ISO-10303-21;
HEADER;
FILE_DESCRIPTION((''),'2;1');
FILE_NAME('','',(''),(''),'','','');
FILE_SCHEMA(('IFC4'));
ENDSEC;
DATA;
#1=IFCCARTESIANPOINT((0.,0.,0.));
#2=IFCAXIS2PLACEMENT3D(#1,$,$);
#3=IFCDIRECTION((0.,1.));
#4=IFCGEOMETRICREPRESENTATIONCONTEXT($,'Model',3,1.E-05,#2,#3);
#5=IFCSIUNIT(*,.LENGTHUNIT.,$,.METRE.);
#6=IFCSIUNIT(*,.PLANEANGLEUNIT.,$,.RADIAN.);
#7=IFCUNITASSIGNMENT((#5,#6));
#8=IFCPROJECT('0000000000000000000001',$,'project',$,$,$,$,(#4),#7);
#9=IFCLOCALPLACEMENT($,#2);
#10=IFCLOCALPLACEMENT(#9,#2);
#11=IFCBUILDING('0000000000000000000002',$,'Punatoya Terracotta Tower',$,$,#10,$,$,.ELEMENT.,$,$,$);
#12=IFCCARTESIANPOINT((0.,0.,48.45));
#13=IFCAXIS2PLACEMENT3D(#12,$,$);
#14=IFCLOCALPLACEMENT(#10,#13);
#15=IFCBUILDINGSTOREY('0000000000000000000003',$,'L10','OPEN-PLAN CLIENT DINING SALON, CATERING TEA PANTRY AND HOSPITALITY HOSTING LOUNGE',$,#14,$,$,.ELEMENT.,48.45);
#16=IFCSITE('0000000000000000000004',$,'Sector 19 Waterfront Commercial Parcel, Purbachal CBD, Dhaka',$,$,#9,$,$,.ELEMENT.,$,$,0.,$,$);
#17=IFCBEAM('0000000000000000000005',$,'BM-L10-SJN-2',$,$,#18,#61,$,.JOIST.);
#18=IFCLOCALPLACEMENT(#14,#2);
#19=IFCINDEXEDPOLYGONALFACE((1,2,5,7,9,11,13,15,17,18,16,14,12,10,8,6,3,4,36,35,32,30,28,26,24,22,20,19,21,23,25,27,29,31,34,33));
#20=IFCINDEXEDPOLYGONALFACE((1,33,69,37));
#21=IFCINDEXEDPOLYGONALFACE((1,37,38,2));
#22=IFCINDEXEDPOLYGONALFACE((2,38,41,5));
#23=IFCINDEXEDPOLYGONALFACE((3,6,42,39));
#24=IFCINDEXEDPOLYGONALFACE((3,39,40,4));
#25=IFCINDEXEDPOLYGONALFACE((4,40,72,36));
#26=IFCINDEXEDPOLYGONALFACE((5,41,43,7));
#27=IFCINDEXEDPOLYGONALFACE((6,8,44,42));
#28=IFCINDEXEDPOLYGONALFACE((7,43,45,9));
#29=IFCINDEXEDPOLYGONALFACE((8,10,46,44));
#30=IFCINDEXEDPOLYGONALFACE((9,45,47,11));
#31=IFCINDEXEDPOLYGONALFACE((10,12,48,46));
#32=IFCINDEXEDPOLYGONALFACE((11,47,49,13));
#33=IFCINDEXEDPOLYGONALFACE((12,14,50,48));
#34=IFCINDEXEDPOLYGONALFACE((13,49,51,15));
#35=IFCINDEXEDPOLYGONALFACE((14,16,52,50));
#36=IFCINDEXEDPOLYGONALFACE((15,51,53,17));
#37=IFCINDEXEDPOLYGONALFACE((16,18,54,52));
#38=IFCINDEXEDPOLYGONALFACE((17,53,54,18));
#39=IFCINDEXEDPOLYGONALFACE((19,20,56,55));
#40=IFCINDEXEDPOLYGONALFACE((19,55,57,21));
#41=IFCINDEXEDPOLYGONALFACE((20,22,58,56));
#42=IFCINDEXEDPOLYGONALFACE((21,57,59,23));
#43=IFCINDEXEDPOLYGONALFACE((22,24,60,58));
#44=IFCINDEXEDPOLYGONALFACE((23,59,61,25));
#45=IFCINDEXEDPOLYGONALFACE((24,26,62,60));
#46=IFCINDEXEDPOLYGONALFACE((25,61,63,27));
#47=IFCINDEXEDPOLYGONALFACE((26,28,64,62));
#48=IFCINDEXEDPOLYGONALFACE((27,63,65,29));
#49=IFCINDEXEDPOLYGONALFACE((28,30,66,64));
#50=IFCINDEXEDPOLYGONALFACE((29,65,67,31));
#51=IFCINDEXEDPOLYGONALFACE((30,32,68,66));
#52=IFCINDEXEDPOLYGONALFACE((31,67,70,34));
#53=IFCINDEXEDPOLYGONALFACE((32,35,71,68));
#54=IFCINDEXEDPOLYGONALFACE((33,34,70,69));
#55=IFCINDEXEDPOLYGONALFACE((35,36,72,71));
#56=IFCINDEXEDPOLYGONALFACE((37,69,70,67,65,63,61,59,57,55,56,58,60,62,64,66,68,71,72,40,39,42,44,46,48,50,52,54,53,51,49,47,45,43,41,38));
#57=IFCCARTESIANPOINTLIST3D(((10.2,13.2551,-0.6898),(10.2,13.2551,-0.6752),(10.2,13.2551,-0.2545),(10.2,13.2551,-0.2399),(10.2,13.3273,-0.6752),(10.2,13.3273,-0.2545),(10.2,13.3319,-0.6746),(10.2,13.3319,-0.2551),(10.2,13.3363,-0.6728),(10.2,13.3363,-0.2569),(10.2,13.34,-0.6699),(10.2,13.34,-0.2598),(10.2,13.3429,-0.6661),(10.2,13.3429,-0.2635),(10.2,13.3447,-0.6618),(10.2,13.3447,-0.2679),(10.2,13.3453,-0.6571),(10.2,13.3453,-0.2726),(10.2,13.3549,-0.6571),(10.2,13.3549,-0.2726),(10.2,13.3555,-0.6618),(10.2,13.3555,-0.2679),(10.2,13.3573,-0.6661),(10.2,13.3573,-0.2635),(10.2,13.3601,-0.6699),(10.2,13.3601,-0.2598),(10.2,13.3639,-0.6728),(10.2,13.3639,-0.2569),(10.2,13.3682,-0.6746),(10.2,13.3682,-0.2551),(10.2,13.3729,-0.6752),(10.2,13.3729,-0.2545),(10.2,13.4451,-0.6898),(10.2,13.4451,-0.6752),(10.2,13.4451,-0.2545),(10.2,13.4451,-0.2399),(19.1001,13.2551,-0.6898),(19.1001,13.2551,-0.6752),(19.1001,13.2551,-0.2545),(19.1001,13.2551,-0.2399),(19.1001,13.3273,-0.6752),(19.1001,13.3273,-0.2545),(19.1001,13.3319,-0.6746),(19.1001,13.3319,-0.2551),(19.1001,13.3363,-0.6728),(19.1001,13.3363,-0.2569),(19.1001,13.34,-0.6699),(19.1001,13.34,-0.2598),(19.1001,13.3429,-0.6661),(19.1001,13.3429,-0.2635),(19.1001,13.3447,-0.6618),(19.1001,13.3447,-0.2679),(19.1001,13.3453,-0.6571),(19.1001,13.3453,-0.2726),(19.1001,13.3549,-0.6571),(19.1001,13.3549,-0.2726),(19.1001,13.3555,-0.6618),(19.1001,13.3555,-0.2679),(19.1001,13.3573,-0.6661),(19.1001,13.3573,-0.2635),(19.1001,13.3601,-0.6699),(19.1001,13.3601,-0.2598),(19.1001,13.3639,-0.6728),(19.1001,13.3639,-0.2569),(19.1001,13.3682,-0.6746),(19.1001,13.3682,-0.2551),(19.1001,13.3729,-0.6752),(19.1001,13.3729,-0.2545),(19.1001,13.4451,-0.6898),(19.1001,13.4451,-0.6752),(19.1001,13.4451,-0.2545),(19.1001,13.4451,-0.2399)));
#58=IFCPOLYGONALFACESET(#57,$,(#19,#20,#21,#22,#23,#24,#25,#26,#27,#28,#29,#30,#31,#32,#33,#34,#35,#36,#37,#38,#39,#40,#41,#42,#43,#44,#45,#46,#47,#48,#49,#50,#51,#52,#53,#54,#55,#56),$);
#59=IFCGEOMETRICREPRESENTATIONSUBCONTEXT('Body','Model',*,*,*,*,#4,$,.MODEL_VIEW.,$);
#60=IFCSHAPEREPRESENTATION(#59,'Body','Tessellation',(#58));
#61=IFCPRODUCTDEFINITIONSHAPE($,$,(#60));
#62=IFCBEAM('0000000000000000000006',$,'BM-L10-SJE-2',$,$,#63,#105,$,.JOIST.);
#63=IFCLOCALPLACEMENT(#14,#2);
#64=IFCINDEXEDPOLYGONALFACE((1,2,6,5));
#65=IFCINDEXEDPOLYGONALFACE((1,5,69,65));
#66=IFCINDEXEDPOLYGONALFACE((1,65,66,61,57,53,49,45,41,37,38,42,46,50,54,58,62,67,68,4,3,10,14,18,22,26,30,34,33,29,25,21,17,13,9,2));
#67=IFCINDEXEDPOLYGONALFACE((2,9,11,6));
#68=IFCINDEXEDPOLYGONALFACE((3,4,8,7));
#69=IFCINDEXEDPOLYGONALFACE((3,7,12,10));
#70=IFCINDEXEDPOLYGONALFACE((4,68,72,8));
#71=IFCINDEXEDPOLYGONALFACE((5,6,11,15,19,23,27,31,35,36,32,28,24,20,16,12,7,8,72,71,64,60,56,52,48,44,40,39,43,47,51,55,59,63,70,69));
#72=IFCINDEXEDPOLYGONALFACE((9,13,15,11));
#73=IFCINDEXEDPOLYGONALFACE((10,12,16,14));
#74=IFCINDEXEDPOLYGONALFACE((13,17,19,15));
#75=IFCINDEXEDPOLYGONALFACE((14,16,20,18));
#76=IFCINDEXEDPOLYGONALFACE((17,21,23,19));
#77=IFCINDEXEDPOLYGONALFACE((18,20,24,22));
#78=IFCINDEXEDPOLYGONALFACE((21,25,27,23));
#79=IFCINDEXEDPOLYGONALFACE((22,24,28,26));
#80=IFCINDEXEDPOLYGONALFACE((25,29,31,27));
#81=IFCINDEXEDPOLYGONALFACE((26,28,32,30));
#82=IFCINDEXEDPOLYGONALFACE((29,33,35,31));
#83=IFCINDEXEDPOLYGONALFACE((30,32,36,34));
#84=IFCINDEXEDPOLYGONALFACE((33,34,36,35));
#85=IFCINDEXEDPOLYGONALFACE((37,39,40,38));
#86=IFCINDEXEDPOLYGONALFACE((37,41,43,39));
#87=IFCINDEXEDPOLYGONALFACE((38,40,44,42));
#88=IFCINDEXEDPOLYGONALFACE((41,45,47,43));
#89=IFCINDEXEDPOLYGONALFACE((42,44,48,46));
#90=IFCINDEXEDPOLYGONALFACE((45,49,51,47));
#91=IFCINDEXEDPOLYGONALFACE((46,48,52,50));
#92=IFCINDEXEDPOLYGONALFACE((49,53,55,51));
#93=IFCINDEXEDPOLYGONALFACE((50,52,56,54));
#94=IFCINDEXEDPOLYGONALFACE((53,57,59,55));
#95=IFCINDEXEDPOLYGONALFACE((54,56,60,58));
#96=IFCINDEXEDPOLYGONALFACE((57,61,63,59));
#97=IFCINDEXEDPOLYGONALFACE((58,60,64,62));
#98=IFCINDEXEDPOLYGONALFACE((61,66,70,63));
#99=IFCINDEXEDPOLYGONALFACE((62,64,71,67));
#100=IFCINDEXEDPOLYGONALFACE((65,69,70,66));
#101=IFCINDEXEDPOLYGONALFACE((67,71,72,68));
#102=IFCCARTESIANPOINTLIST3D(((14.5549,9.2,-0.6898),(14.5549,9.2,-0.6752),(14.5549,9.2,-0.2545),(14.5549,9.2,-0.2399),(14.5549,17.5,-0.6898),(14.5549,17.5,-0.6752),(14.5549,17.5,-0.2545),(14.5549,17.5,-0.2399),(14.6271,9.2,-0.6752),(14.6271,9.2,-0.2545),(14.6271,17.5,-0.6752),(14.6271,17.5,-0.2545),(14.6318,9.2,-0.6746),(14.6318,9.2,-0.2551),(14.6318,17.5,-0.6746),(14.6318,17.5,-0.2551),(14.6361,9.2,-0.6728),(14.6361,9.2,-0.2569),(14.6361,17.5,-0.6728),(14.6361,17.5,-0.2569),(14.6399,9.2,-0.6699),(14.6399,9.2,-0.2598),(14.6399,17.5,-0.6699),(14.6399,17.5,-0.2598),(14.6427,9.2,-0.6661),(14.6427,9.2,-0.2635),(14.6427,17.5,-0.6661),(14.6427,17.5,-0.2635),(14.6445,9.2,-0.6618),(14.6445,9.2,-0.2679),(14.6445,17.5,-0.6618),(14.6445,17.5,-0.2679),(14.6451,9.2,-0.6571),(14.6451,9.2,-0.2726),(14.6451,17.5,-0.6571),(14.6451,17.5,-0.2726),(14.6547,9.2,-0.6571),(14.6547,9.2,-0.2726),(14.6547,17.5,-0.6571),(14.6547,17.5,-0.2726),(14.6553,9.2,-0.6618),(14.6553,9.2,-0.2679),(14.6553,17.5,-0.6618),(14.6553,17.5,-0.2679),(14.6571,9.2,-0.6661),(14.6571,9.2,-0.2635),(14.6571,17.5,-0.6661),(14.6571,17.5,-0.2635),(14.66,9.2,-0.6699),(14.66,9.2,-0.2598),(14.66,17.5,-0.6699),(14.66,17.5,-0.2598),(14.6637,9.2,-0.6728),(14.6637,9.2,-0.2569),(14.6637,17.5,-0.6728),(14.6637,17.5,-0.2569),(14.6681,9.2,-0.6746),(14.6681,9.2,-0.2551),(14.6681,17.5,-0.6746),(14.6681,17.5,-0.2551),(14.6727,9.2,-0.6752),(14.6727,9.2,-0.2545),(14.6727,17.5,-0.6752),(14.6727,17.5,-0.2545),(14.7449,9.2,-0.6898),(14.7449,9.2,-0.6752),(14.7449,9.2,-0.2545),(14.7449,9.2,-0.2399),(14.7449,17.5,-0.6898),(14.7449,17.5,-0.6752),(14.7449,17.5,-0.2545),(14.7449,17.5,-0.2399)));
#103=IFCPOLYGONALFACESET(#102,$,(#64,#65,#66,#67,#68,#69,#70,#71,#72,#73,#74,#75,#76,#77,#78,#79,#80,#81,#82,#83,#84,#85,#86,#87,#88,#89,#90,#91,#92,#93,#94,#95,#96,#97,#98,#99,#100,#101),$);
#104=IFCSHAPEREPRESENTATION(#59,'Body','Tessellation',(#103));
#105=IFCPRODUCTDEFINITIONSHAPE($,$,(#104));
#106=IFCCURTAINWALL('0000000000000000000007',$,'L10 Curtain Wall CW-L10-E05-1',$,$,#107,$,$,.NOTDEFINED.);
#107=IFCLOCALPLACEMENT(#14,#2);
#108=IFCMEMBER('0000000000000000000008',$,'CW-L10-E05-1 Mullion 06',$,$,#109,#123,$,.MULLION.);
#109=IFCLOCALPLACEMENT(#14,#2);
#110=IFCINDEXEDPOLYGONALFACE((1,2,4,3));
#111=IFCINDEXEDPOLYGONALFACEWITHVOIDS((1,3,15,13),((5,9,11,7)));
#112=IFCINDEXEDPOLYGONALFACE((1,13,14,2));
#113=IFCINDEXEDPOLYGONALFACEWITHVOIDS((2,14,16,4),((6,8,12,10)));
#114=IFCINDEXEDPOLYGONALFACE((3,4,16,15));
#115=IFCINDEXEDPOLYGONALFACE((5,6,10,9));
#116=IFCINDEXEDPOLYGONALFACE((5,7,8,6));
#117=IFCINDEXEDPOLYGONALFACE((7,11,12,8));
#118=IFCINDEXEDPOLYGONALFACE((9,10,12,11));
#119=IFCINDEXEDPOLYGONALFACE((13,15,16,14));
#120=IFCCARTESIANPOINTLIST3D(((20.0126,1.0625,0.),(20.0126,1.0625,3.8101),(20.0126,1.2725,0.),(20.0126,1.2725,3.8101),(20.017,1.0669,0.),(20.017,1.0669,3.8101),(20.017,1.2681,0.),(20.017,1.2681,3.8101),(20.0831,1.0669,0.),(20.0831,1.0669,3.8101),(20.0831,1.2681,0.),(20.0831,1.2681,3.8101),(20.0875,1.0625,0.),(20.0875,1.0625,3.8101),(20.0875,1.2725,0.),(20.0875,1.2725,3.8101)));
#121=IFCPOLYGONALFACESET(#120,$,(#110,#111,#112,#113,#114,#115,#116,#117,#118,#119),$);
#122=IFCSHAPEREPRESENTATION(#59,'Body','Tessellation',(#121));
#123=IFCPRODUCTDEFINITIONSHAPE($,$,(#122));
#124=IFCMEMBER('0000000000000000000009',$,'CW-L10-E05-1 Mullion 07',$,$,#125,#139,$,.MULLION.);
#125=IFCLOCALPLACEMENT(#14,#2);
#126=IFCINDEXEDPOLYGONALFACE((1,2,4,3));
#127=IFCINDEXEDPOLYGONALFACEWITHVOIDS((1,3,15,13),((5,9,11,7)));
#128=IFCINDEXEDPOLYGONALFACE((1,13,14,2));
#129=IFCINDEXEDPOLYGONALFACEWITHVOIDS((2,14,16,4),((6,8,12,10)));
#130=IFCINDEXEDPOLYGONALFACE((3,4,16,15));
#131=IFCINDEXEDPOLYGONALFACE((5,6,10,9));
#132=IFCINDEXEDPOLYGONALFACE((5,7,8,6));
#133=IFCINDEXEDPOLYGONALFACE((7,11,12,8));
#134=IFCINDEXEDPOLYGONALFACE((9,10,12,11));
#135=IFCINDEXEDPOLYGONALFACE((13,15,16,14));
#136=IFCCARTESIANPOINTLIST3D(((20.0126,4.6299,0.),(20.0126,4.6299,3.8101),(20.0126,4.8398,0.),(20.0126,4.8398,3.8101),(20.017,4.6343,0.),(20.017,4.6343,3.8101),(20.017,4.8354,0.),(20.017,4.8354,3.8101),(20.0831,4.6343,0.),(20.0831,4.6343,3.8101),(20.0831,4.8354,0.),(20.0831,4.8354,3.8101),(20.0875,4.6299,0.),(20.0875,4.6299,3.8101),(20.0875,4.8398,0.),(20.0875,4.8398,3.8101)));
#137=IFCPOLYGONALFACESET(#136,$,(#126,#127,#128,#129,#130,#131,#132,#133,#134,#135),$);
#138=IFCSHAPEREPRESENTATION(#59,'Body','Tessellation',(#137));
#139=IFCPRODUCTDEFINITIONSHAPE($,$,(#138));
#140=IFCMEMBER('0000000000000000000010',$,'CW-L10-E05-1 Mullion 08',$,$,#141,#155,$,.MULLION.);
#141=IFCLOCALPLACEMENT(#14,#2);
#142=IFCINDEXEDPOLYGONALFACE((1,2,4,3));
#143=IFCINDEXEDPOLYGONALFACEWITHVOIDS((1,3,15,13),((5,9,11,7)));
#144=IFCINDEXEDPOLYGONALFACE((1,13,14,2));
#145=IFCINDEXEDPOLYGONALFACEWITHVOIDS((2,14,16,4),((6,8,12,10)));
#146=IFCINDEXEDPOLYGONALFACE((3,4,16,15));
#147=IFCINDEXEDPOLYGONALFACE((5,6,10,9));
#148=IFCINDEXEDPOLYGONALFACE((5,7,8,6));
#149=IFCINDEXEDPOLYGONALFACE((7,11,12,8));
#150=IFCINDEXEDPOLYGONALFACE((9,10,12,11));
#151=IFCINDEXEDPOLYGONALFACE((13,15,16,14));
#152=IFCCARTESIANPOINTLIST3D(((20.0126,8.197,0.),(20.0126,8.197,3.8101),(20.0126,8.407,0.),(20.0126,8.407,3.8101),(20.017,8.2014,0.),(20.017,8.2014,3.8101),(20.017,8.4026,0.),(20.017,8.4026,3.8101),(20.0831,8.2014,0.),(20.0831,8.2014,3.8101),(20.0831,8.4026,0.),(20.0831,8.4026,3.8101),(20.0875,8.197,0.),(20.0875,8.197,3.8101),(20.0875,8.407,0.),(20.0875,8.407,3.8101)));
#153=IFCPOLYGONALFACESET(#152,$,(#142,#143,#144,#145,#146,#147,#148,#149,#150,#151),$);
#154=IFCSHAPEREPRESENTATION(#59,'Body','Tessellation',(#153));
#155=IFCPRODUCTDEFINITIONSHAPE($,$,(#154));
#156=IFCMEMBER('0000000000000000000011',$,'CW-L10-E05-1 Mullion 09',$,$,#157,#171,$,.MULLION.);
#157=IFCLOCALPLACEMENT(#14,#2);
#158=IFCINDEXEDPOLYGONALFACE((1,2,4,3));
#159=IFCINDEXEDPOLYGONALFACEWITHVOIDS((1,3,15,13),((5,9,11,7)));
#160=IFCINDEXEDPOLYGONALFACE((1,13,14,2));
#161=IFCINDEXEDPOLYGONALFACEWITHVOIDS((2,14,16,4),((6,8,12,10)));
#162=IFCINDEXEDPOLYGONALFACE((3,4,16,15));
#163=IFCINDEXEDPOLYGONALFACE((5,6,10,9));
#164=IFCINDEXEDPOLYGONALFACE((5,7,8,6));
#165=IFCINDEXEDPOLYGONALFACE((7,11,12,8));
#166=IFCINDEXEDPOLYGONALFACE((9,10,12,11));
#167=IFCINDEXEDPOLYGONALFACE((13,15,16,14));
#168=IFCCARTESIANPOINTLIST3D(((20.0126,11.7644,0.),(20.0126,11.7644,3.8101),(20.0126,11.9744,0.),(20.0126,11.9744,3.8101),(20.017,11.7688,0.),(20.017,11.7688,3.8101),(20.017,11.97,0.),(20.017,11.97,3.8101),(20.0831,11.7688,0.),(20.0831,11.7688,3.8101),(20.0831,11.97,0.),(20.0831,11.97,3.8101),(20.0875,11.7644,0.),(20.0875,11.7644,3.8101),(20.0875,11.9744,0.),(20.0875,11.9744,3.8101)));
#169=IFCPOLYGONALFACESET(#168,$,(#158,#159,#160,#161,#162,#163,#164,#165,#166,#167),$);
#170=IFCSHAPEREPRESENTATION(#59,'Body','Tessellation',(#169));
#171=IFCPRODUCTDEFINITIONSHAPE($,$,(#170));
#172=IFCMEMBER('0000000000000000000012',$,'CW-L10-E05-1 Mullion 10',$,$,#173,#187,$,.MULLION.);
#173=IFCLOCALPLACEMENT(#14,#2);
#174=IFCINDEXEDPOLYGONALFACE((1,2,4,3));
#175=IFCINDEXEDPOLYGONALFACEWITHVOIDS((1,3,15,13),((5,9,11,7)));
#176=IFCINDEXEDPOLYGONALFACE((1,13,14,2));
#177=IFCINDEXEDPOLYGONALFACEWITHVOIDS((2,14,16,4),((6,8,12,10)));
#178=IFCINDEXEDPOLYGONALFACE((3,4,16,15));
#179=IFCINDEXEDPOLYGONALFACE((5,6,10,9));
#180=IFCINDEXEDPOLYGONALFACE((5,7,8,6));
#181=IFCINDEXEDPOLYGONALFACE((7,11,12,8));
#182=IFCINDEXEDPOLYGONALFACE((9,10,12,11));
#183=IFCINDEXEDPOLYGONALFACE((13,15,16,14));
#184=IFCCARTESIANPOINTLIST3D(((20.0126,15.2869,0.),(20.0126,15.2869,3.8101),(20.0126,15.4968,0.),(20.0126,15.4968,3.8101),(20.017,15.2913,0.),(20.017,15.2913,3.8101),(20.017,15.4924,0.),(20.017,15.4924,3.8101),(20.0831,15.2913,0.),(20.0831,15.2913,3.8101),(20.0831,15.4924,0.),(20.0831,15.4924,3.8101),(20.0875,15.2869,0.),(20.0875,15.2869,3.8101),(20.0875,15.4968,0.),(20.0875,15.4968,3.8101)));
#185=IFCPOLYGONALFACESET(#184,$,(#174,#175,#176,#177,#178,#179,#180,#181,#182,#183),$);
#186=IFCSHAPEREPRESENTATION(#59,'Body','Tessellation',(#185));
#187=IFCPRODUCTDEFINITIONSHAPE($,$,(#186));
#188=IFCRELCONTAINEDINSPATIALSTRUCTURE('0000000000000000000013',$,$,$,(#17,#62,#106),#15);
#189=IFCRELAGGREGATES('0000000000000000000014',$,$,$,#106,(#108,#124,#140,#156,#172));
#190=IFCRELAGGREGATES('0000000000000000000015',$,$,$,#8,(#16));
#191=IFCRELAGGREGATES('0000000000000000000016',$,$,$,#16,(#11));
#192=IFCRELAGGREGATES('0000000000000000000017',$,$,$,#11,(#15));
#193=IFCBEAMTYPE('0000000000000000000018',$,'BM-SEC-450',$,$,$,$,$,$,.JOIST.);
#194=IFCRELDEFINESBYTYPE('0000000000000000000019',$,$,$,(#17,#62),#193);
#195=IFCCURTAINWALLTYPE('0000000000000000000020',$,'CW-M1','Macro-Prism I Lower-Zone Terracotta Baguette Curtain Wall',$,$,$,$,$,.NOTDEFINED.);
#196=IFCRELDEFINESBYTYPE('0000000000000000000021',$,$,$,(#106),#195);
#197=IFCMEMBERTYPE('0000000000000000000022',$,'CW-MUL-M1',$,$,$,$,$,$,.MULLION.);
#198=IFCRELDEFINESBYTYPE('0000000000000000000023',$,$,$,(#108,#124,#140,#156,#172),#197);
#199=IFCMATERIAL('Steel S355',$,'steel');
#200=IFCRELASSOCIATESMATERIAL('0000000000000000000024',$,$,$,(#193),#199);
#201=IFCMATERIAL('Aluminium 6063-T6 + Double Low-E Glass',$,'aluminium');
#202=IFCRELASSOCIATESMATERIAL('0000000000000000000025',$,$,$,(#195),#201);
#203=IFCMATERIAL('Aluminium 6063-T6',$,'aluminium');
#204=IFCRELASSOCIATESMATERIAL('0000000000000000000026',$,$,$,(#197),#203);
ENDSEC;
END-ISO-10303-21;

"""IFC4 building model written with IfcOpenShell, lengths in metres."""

from ifc_helpers import new_model, si_unit, direction, frame, origin, origin_2d, place, context, subcontext, project, spatial, hollow_rectangle, i_section, extrude, material, material_profile, profile_set, type_object, element, aggregate, save


model = new_model("IFC4")

# Units and contexts
model_context = context("Model", 3, precision=1e-05, world=origin(), true_north=direction((0.0, 1.0)))
body_context = subcontext(model_context, "Body", "Model", "MODEL_VIEW")
ifc_project = project(units=[si_unit("LENGTHUNIT", "METRE"), si_unit("PLANEANGLEUNIT", "RADIAN")], contexts=[model_context])

# Site, building, storey
site_placement = place(None, origin())
site = spatial("IfcSite", under=ifc_project, at=site_placement, Name="Sector 19 Waterfront Commercial Parcel, Purbachal CBD, Dhaka", CompositionType="ELEMENT", RefElevation=0.0)
building_placement = place(site_placement, origin())
building = spatial("IfcBuilding", under=site, at=building_placement, Name="Punatoya Terracotta Tower", CompositionType="ELEMENT")
storey_placement = place(building_placement, frame((0.0, 0.0, 48.45)))
storey = spatial("IfcBuildingStorey", under=building, at=storey_placement, Name="L10", Description="OPEN-PLAN CLIENT DINING SALON, CATERING TEA PANTRY AND HOSPITALITY HOSTING LOUNGE", CompositionType="ELEMENT", Elevation=48.45)

# Beams
ifc_material_1 = material(Name="Steel S355", Category="steel")
ifc_material_profile_1 = material_profile(ifc_material_1, i_section(OverallWidth=0.1899, OverallDepth=0.45, WebThickness=0.0095, FlangeThickness=0.0146, FilletRadius=0.0181, at=origin_2d()))
ifc_profile_set_1 = profile_set([ifc_material_profile_1], Name="Steel S355")
beam_type_1 = type_object("IfcBeamType", Name="BM-SEC-450", PredefinedType="JOIST", material=ifc_profile_set_1)
beam_1_placement = place(storey_placement, frame((10.2, 13.3501, -0.4648), z_axis=(1.0, 0.0, 0.0), x_axis=(0.0, 1.0, 0.0)))
element("IfcBeam", 1, at=beam_1_placement, inside=storey, type_object=beam_type_1, Name="BM-L10-SJN-2", PredefinedType="JOIST", context=body_context, shape_type="SweptSolid", body=[
    extrude(i_section(OverallWidth=0.1899, OverallDepth=0.45, WebThickness=0.0095, FlangeThickness=0.0146, FilletRadius=0.0181, at=origin_2d()), origin(), (0.0, 0.0, 1.0), 8.9001),
])
beam_2_placement = place(storey_placement, frame((14.6499, 9.2, -0.4648), z_axis=(0.0, 1.0, 0.0), x_axis=(-1.0, 0.0, 0.0)))
element("IfcBeam", 2, at=beam_2_placement, inside=storey, type_object=beam_type_1, Name="BM-L10-SJE-2", PredefinedType="JOIST", context=body_context, shape_type="SweptSolid", body=[
    extrude(i_section(OverallWidth=0.1899, OverallDepth=0.45, WebThickness=0.0095, FlangeThickness=0.0146, FilletRadius=0.0181, at=origin_2d()), origin(), (0.0, 0.0, 1.0), 8.3),
])

# Curtain wall, members
ifc_material_2 = material(Name="Aluminium 6063-T6 + Double Low-E Glass", Category="aluminium")
curtain_wall_type = type_object("IfcCurtainWallType", Name="CW-M1", Description="Macro-Prism I Lower-Zone Terracotta Baguette Curtain Wall", PredefinedType="NOTDEFINED", material=ifc_material_2)
curtain_wall_1_placement = place(storey_placement, origin())
curtain_wall_1 = element("IfcCurtainWall", 3, at=curtain_wall_1_placement, inside=storey, type_object=curtain_wall_type, Name="L10 Curtain Wall CW-L10-E05-1", PredefinedType="NOTDEFINED")
ifc_material_3 = material(Name="Aluminium 6063-T6", Category="aluminium")
ifc_material_profile_2 = material_profile(ifc_material_3, hollow_rectangle(XDim=0.075, YDim=0.21, WallThickness=0.0044, at=origin_2d()))
ifc_profile_set_2 = profile_set([ifc_material_profile_2], Name="Aluminium 6063-T6")
member_type_1 = type_object("IfcMemberType", Name="CW-MUL-M1", PredefinedType="MULLION", material=ifc_profile_set_2)
member_1_placement = place(storey_placement, frame((20.05, 1.1675, 0.0), z_axis=(0.0, 0.0, 1.0), x_axis=(1.0, 0.0, 0.0)))
member_1 = element("IfcMember", 4, at=member_1_placement, type_object=member_type_1, Name="CW-L10-E05-1 Mullion 06", PredefinedType="MULLION", context=body_context, shape_type="SweptSolid", body=[
    extrude(hollow_rectangle(XDim=0.075, YDim=0.21, WallThickness=0.0044, at=origin_2d()), origin(), (0.0, 0.0, 1.0), 3.8101),
])
member_2_placement = place(storey_placement, frame((20.05, 4.7349, 0.0), z_axis=(0.0, 0.0, 1.0), x_axis=(1.0, 0.0, 0.0)))
member_2 = element("IfcMember", 5, at=member_2_placement, type_object=member_type_1, Name="CW-L10-E05-1 Mullion 07", PredefinedType="MULLION", context=body_context, shape_type="SweptSolid", body=[
    extrude(hollow_rectangle(XDim=0.075, YDim=0.21, WallThickness=0.0044, at=origin_2d()), origin(), (0.0, 0.0, 1.0), 3.8101),
])
member_3_placement = place(storey_placement, frame((20.05, 8.302, 0.0), z_axis=(0.0, 0.0, 1.0), x_axis=(1.0, 0.0, 0.0)))
member_3 = element("IfcMember", 6, at=member_3_placement, type_object=member_type_1, Name="CW-L10-E05-1 Mullion 08", PredefinedType="MULLION", context=body_context, shape_type="SweptSolid", body=[
    extrude(hollow_rectangle(XDim=0.075, YDim=0.21, WallThickness=0.0044, at=origin_2d()), origin(), (0.0, 0.0, 1.0), 3.8101),
])
member_4_placement = place(storey_placement, frame((20.05, 11.8694, 0.0), z_axis=(0.0, 0.0, 1.0), x_axis=(1.0, 0.0, 0.0)))
member_4 = element("IfcMember", 7, at=member_4_placement, type_object=member_type_1, Name="CW-L10-E05-1 Mullion 09", PredefinedType="MULLION", context=body_context, shape_type="SweptSolid", body=[
    extrude(hollow_rectangle(XDim=0.075, YDim=0.21, WallThickness=0.0044, at=origin_2d()), origin(), (0.0, 0.0, 1.0), 3.8101),
])
member_5_placement = place(storey_placement, frame((20.05, 15.3918, 0.0), z_axis=(0.0, 0.0, 1.0), x_axis=(1.0, 0.0, 0.0)))
member_5 = element("IfcMember", 8, at=member_5_placement, type_object=member_type_1, Name="CW-L10-E05-1 Mullion 10", PredefinedType="MULLION", context=body_context, shape_type="SweptSolid", body=[
    extrude(hollow_rectangle(XDim=0.075, YDim=0.21, WallThickness=0.0044, at=origin_2d()), origin(), (0.0, 0.0, 1.0), 3.8101),
])

aggregate(curtain_wall_1, [member_1, member_2, member_3, member_4, member_5])

save(model, "model.ifc")
